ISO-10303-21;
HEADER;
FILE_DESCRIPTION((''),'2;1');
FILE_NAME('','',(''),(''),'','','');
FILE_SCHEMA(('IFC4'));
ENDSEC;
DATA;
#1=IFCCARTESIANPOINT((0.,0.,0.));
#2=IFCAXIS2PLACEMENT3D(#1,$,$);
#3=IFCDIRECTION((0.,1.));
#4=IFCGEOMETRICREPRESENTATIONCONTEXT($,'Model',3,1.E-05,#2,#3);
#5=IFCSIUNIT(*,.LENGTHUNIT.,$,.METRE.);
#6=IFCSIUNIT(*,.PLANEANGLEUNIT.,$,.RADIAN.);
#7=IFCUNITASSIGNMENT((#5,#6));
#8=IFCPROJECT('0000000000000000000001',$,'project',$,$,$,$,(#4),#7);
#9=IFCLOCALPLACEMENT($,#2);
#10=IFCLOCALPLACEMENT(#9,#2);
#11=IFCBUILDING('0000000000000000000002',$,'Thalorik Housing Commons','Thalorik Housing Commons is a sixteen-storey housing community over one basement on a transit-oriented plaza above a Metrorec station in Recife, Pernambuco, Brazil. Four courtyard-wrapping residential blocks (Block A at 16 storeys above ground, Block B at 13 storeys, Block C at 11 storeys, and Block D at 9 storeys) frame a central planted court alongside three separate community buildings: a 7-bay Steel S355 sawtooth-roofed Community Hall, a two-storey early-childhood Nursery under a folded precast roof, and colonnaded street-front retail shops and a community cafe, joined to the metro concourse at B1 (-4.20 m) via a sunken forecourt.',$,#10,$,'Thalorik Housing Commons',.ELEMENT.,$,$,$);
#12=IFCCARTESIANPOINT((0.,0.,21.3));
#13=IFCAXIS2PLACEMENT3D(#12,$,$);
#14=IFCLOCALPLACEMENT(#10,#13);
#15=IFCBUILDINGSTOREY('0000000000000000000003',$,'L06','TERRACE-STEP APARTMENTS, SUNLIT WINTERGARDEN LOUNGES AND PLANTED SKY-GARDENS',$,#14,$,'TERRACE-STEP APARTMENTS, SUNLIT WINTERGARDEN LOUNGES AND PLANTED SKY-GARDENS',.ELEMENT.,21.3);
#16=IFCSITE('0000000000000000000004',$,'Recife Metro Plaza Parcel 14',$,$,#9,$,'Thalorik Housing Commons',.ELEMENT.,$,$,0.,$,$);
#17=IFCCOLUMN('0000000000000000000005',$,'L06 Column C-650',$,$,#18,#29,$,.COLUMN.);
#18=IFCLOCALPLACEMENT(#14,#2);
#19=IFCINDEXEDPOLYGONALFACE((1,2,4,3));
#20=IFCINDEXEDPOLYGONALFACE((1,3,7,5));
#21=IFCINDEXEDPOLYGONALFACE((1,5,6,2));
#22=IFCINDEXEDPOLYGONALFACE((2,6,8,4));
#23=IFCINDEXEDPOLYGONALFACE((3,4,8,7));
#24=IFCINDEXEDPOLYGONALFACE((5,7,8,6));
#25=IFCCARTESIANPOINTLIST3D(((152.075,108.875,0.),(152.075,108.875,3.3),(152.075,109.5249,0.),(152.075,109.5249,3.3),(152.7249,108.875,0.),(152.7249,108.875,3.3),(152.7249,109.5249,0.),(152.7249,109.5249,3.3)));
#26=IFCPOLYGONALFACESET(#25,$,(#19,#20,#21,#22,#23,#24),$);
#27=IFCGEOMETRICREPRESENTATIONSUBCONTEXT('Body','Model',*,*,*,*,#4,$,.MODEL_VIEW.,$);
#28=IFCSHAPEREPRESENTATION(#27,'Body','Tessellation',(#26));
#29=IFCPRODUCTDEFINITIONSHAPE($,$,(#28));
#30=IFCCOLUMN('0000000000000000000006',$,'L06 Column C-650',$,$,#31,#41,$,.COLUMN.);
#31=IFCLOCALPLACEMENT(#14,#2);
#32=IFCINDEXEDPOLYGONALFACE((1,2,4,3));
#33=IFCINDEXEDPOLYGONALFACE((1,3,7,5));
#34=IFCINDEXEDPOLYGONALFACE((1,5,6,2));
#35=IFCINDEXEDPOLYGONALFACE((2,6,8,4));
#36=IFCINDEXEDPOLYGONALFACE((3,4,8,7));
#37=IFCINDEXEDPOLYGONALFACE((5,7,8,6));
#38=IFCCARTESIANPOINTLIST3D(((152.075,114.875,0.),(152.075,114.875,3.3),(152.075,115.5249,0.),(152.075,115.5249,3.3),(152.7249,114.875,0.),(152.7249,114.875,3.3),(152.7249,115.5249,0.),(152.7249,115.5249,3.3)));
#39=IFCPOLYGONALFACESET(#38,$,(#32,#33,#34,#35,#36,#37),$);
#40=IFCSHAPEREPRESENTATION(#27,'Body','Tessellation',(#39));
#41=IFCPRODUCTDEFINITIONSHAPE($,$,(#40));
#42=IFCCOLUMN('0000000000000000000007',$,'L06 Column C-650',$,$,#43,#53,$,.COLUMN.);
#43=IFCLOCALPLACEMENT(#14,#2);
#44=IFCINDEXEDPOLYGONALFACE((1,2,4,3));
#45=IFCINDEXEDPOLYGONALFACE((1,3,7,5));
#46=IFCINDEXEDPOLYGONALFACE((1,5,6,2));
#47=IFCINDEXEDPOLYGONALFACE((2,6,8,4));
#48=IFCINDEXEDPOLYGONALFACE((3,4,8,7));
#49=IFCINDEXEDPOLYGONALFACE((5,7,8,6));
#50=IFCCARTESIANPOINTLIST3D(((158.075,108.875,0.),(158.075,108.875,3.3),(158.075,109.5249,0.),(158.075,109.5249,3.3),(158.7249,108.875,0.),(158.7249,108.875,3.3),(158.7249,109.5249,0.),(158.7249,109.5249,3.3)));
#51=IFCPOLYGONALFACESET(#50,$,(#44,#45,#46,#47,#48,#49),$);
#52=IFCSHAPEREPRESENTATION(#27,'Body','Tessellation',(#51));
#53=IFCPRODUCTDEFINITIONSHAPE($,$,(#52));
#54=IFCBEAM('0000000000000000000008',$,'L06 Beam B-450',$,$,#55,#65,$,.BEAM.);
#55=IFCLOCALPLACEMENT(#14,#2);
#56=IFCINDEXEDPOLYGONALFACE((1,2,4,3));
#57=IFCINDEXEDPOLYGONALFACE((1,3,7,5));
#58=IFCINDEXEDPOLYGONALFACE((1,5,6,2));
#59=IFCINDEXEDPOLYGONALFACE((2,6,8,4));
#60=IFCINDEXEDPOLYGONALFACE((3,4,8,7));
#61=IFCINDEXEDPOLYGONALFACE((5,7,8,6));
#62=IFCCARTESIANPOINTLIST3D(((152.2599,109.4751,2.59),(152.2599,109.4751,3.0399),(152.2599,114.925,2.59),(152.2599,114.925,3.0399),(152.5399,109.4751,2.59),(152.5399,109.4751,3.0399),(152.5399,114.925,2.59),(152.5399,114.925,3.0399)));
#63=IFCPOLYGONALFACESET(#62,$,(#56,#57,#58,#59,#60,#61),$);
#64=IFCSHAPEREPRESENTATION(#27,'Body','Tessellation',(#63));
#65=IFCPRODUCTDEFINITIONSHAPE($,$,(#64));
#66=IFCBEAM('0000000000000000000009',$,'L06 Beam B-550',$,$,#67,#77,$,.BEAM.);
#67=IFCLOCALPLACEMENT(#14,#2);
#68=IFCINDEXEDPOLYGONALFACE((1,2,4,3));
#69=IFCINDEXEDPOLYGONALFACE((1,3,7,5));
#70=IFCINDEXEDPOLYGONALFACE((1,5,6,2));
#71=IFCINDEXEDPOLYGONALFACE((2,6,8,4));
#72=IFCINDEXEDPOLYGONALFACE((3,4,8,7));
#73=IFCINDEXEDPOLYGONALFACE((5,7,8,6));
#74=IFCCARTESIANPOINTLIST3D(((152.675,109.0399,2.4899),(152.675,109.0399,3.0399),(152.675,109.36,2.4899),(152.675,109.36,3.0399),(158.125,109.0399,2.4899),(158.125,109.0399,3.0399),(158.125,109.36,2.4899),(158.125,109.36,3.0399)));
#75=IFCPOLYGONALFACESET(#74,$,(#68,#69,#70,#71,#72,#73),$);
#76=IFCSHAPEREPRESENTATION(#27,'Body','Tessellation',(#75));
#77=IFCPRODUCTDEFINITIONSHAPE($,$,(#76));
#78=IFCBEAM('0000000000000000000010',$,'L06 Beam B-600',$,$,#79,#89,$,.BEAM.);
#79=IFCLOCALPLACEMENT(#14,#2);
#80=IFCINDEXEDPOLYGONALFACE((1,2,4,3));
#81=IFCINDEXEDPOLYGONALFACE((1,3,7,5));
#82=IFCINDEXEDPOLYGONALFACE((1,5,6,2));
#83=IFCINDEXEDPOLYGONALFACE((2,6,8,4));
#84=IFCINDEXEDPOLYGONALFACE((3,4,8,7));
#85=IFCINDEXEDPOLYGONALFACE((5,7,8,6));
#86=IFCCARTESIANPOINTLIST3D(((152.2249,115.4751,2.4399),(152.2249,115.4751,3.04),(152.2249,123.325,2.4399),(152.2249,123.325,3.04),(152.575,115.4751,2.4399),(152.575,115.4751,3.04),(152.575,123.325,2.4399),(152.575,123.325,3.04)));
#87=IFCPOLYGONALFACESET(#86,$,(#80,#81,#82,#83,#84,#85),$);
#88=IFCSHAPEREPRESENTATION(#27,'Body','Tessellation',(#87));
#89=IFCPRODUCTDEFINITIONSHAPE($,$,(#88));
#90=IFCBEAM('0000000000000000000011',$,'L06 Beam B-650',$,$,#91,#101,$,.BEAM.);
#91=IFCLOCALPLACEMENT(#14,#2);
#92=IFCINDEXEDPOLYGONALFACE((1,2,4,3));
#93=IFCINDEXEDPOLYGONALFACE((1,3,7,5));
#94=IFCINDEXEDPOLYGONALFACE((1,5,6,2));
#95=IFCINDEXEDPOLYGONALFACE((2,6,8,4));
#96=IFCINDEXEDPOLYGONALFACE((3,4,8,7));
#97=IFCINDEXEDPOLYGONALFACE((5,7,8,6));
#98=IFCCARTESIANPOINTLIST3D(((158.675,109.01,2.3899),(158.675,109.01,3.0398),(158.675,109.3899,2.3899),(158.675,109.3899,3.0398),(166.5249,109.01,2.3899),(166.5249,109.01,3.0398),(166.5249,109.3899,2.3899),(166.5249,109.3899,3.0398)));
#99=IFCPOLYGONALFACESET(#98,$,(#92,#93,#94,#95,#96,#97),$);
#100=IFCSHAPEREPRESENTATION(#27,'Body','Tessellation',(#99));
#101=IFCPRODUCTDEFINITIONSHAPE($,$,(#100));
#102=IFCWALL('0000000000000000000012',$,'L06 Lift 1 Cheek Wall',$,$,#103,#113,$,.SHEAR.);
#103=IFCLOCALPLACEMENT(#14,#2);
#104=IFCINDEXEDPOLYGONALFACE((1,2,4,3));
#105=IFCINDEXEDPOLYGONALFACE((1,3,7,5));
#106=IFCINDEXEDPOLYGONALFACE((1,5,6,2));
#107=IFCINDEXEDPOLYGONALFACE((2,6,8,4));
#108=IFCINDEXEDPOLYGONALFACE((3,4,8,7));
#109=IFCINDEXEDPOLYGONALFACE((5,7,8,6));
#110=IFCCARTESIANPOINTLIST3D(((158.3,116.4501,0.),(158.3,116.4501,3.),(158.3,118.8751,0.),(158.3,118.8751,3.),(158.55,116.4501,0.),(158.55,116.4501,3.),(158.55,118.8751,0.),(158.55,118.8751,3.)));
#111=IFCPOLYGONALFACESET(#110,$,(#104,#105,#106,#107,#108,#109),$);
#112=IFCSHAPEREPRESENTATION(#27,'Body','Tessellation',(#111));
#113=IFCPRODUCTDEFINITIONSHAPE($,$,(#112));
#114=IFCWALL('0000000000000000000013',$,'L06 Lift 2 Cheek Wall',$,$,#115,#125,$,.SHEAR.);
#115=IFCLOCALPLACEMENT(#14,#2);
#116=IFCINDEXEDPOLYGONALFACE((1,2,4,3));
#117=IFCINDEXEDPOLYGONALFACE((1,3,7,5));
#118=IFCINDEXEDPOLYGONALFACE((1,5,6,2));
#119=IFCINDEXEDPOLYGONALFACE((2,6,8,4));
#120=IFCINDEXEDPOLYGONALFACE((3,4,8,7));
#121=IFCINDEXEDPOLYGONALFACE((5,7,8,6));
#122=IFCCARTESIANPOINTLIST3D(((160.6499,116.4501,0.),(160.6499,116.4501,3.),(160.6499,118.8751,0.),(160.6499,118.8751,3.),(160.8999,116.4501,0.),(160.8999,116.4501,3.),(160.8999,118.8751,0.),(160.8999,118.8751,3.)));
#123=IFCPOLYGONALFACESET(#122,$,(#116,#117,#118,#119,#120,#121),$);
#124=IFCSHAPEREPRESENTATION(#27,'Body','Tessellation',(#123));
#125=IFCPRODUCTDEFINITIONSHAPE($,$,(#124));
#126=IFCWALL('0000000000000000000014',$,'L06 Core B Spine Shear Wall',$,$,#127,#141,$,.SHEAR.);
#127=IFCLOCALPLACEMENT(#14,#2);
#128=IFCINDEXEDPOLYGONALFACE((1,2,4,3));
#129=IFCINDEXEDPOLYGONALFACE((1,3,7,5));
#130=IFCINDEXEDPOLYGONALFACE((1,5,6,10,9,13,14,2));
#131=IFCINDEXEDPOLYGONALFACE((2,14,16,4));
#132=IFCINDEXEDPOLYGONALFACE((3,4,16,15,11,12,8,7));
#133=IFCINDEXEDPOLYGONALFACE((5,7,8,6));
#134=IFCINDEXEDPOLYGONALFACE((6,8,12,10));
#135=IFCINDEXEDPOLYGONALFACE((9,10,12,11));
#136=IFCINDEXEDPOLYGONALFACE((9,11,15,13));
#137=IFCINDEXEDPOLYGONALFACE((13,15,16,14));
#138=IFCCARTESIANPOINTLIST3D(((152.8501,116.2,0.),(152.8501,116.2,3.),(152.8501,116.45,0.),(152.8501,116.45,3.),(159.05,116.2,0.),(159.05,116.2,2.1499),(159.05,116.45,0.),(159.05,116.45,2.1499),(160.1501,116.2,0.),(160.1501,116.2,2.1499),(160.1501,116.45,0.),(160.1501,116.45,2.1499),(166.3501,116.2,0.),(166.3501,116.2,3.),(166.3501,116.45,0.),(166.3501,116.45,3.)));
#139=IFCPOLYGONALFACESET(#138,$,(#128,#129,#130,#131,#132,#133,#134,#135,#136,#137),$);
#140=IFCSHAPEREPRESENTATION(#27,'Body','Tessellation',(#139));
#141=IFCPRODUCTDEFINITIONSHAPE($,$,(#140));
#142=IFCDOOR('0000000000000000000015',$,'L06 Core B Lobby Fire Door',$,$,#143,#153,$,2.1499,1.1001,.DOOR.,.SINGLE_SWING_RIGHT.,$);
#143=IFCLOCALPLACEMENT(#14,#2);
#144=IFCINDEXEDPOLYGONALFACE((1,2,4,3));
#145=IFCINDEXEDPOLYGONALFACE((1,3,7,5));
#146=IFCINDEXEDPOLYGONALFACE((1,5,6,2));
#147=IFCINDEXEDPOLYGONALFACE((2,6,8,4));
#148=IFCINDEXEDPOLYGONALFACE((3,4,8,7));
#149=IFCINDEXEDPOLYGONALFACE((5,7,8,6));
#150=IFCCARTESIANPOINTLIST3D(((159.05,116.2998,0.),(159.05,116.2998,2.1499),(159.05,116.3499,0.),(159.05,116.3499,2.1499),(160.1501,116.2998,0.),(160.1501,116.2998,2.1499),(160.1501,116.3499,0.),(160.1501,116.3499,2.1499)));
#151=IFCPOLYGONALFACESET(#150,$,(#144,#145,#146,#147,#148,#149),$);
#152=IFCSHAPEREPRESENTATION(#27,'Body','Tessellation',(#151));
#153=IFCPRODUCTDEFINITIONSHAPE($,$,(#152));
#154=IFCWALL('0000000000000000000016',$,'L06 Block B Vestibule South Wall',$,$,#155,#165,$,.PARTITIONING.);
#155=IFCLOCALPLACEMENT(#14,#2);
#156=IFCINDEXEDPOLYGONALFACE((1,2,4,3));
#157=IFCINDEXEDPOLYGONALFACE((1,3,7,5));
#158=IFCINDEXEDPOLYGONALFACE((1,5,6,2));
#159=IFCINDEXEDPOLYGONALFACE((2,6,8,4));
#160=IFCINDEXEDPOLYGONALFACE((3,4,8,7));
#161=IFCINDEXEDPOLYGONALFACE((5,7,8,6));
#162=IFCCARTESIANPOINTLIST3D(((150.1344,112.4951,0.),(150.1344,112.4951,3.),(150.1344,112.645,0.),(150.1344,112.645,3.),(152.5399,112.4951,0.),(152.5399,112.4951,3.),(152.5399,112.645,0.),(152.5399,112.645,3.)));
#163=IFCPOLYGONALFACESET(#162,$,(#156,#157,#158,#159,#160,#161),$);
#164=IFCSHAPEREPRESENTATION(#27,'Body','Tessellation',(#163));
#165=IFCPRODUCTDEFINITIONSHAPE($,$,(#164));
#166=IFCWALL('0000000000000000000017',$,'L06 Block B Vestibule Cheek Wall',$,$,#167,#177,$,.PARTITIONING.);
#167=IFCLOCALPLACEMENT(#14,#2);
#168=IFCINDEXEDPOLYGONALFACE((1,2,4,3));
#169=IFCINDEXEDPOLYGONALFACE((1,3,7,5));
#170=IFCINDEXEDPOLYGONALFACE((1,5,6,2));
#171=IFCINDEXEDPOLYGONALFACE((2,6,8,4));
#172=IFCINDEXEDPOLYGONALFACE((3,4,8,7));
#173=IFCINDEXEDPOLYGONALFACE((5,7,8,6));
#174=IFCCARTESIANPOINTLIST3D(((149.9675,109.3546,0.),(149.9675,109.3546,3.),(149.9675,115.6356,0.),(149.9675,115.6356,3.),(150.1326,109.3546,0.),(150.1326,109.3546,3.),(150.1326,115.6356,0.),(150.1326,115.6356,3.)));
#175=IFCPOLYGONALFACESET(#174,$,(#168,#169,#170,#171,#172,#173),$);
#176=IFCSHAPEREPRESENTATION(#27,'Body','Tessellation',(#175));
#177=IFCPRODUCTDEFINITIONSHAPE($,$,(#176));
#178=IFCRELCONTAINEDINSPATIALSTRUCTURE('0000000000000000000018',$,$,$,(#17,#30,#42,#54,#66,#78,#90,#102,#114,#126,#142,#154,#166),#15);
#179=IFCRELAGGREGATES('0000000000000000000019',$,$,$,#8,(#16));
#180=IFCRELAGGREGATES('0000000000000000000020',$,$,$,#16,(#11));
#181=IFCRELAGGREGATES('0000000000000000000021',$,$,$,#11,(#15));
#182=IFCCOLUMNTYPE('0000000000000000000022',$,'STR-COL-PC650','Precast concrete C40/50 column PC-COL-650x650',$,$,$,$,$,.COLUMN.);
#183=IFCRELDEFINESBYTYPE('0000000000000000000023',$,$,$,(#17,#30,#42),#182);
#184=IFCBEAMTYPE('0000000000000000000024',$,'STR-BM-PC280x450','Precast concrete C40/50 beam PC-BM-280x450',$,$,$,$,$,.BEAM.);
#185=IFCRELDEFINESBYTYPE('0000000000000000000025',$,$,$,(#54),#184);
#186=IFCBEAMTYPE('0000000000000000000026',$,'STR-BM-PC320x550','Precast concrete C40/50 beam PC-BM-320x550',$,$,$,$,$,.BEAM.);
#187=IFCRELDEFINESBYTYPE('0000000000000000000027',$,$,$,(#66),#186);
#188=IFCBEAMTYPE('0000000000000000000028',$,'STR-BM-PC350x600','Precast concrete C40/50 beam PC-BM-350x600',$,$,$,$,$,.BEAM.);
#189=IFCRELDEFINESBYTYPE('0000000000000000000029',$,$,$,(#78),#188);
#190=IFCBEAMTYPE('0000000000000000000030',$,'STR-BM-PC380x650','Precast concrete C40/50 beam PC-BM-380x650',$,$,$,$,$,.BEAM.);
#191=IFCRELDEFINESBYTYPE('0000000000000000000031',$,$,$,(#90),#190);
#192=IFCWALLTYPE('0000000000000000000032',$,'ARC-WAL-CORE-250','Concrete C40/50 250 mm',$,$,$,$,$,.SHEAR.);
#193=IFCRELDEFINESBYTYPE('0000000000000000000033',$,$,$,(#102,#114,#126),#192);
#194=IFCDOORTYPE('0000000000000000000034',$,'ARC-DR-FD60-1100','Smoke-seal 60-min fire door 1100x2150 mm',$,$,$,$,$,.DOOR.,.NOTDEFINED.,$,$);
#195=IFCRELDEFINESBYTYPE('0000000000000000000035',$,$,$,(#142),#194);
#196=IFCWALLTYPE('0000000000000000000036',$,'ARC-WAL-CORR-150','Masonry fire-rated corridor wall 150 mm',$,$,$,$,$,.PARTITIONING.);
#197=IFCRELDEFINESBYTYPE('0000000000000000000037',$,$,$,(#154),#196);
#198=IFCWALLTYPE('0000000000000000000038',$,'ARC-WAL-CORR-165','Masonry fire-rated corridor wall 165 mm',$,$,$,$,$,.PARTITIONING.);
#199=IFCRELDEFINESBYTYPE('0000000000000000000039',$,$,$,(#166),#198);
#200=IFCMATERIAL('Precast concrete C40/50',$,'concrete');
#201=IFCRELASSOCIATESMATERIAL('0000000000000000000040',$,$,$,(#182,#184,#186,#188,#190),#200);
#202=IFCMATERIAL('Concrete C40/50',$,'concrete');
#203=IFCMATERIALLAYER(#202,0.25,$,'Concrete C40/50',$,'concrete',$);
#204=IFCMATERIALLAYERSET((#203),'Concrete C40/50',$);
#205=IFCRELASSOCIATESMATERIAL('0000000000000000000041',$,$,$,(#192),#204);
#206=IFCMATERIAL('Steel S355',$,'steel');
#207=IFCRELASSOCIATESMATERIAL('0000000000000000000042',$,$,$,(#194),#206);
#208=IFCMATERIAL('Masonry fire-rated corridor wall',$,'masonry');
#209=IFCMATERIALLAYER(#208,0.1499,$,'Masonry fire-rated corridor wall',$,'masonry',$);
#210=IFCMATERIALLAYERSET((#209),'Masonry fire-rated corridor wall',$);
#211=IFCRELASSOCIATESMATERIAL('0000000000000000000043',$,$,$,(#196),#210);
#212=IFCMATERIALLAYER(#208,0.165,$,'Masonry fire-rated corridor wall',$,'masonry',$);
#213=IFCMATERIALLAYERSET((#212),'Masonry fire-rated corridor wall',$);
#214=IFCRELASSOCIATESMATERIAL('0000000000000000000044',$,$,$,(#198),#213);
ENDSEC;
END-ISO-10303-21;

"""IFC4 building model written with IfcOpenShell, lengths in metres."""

from ifc_helpers import new_model, si_unit, direction, frame, frame_2d, origin, origin_2d, place, context, subcontext, project, spatial, rectangle, extrude, material, layer, layer_set, material_profile, profile_set, type_object, element, fill, save


model = new_model("IFC4")

# Units and contexts
model_context = context("Model", 3, precision=1e-05, world=origin(), true_north=direction((0.0, 1.0)))
body_context = subcontext(model_context, "Body", "Model", "MODEL_VIEW")
ifc_project = project(units=[si_unit("LENGTHUNIT", "METRE"), si_unit("PLANEANGLEUNIT", "RADIAN")], contexts=[model_context])

# Site, building, storey
site_placement = place(None, origin())
site = spatial("IfcSite", under=ifc_project, at=site_placement, Name="Recife Metro Plaza Parcel 14", LongName="Thalorik Housing Commons", CompositionType="ELEMENT", RefElevation=0.0)
building_placement = place(site_placement, origin())
building = spatial("IfcBuilding", under=site, at=building_placement, Name="Thalorik Housing Commons", Description="Thalorik Housing Commons is a sixteen-storey housing community over one basement on a transit-oriented plaza above a Metrorec station in Recife, Pernambuco, Brazil. Four courtyard-wrapping residential blocks (Block A at 16 storeys above ground, Block B at 13 storeys, Block C at 11 storeys, and Block D at 9 storeys) frame a central planted court alongside three separate community buildings: a 7-bay Steel S355 sawtooth-roofed Community Hall, a two-storey early-childhood Nursery under a folded precast roof, and colonnaded street-front retail shops and a community cafe, joined to the metro concourse at B1 (-4.20 m) via a sunken forecourt.", LongName="Thalorik Housing Commons", CompositionType="ELEMENT")
storey_placement = place(building_placement, frame((0.0, 0.0, 21.3)))
storey = spatial("IfcBuildingStorey", under=building, at=storey_placement, Name="L06", Description="TERRACE-STEP APARTMENTS, SUNLIT WINTERGARDEN LOUNGES AND PLANTED SKY-GARDENS", LongName="TERRACE-STEP APARTMENTS, SUNLIT WINTERGARDEN LOUNGES AND PLANTED SKY-GARDENS", CompositionType="ELEMENT", Elevation=21.3)

# Columns
ifc_material_1 = material(Name="Precast concrete C40/50", Category="concrete")
ifc_material_profile_1 = material_profile(ifc_material_1, rectangle(XDim=0.6499, YDim=0.6499, at=origin_2d()), Name="PC 650x650", Category="concrete")
ifc_profile_set_1 = profile_set([ifc_material_profile_1], Name="Precast concrete C40/50")
column_type = type_object("IfcColumnType", Name="STR-COL-PC650", Description="Precast concrete C40/50 column PC-COL-650x650", PredefinedType="COLUMN", material=ifc_profile_set_1)
for number, where, z_axis, x_axis, name in (
    (1, (152.3999, 109.2, 0.0), (0.0, 0.0, 1.0), (1.0, 0.0, 0.0), "L06 Column C-650"),
    (2, (152.3999, 115.2, 0.0), (0.0, 0.0, 1.0), (1.0, 0.0, 0.0), "L06 Column C-650"),
    (3, (158.3999, 109.2, 0.0), (0.0, 0.0, 1.0), (1.0, 0.0, 0.0), "L06 Column C-650"),
):
    element("IfcColumn", number, at=place(storey_placement, frame(where, z_axis=z_axis, x_axis=x_axis)), inside=storey, type_object=column_type, Name=name, PredefinedType="COLUMN", context=body_context, shape_type="SweptSolid", body=[
        extrude(rectangle(XDim=0.6499, YDim=0.6499, at=origin_2d()), origin(), (0.0, 0.0, 1.0), 3.3),
    ])

# Beams
ifc_material_profile_2 = material_profile(ifc_material_1, rectangle(XDim=0.28, YDim=0.45, at=origin_2d()), Name="PC 280x450", Category="concrete")
ifc_profile_set_2 = profile_set([ifc_material_profile_2], Name="Precast concrete C40/50")
beam_type_1 = type_object("IfcBeamType", Name="STR-BM-PC280x450", Description="Precast concrete C40/50 beam PC-BM-280x450", PredefinedType="BEAM", material=ifc_profile_set_2)
beam_1_placement = place(storey_placement, frame((152.3999, 109.4751, 2.8149), z_axis=(0.0, 1.0, 0.0), x_axis=(-1.0, 0.0, 0.0)))
element("IfcBeam", 4, at=beam_1_placement, inside=storey, type_object=beam_type_1, Name="L06 Beam B-450", PredefinedType="BEAM", context=body_context, shape_type="SweptSolid", body=[
    extrude(rectangle(XDim=0.28, YDim=0.45, at=origin_2d()), origin(), (0.0, 0.0, 1.0), 5.45),
])
ifc_material_profile_3 = material_profile(ifc_material_1, rectangle(XDim=0.3201, YDim=0.55, at=origin_2d()), Name="PC 320x550", Category="concrete")
ifc_profile_set_3 = profile_set([ifc_material_profile_3], Name="Precast concrete C40/50")
beam_type_2 = type_object("IfcBeamType", Name="STR-BM-PC320x550", Description="Precast concrete C40/50 beam PC-BM-320x550", PredefinedType="BEAM", material=ifc_profile_set_3)
beam_2_placement = place(storey_placement, frame((152.675, 109.2, 2.7649), z_axis=(1.0, 0.0, 0.0), x_axis=(0.0, 1.0, 0.0)))
element("IfcBeam", 5, at=beam_2_placement, inside=storey, type_object=beam_type_2, Name="L06 Beam B-550", PredefinedType="BEAM", context=body_context, shape_type="SweptSolid", body=[
    extrude(rectangle(XDim=0.3201, YDim=0.55, at=origin_2d()), origin(), (0.0, 0.0, 1.0), 5.45),
])
ifc_material_profile_4 = material_profile(ifc_material_1, rectangle(XDim=0.3501, YDim=0.6001, at=origin_2d()), Name="PC 350x600", Category="concrete")
ifc_profile_set_4 = profile_set([ifc_material_profile_4], Name="Precast concrete C40/50")
beam_type_3 = type_object("IfcBeamType", Name="STR-BM-PC350x600", Description="Precast concrete C40/50 beam PC-BM-350x600", PredefinedType="BEAM", material=ifc_profile_set_4)
beam_3_placement = place(storey_placement, frame((152.3999, 115.4751, 2.74), z_axis=(0.0, 1.0, 0.0), x_axis=(-1.0, 0.0, 0.0)))
element("IfcBeam", 6, at=beam_3_placement, inside=storey, type_object=beam_type_3, Name="L06 Beam B-600", PredefinedType="BEAM", context=body_context, shape_type="SweptSolid", body=[
    extrude(rectangle(XDim=0.3501, YDim=0.6001, at=origin_2d()), origin(), (0.0, 0.0, 1.0), 7.8499),
])
ifc_material_profile_5 = material_profile(ifc_material_1, rectangle(XDim=0.3799, YDim=0.6499, at=origin_2d()), Name="PC 380x650", Category="concrete")
ifc_profile_set_5 = profile_set([ifc_material_profile_5], Name="Precast concrete C40/50")
beam_type_4 = type_object("IfcBeamType", Name="STR-BM-PC380x650", Description="Precast concrete C40/50 beam PC-BM-380x650", PredefinedType="BEAM", material=ifc_profile_set_5)
beam_4_placement = place(storey_placement, frame((158.675, 109.2, 2.7148), z_axis=(1.0, 0.0, 0.0), x_axis=(0.0, 1.0, 0.0)))
element("IfcBeam", 7, at=beam_4_placement, inside=storey, type_object=beam_type_4, Name="L06 Beam B-650", PredefinedType="BEAM", context=body_context, shape_type="SweptSolid", body=[
    extrude(rectangle(XDim=0.3799, YDim=0.6499, at=origin_2d()), origin(), (0.0, 0.0, 1.0), 7.8499),
])

# Shared definitions
ifc_material_2 = material(Name="Concrete C40/50", Category="concrete")
ifc_layer_1 = layer(ifc_material_2, 0.25, Name="Concrete C40/50", Category="concrete")
ifc_layer_set_1 = layer_set([ifc_layer_1], Name="Concrete C40/50")
wall_type_1 = type_object("IfcWallType", Name="ARC-WAL-CORE-250", Description="Concrete C40/50 250 mm", PredefinedType="SHEAR", material=ifc_layer_set_1)
ifc_material_3 = material(Name="Steel S355", Category="steel")

# Walls
for number, where, z_axis, x_axis, name in (
    (8, (158.425, 118.875, 0.0), (0.0, 0.0, 1.0), (0.0, -1.0, 0.0), "L06 Lift 1 Cheek Wall"),
    (9, (160.7749, 118.875, 0.0), (0.0, 0.0, 1.0), (0.0, -1.0, 0.0), "L06 Lift 2 Cheek Wall"),
):
    element("IfcWall", number, at=place(storey_placement, frame(where, z_axis=z_axis, x_axis=x_axis)), inside=storey, type_object=wall_type_1, Name=name, PredefinedType="SHEAR", context=body_context, shape_type="SweptSolid", body=[
        extrude(rectangle(XDim=2.425, YDim=0.25, at=frame_2d((1.2124, 0.0))), origin(), (0.0, 0.0, 1.0), 3.0),
    ])

# Wall, opening, door
wall_1_placement = place(storey_placement, frame((152.8501, 116.325, 0.0), z_axis=(0.0, 0.0, 1.0), x_axis=(1.0, 0.0, 0.0)))
wall_1 = element("IfcWall", 10, at=wall_1_placement, inside=storey, type_object=wall_type_1, Name="L06 Core B Spine Shear Wall", PredefinedType="SHEAR", context=body_context, shape_type="SweptSolid", body=[
    extrude(rectangle(XDim=13.5, YDim=0.25, at=frame_2d((6.75, 0.0))), origin(), (0.0, 0.0, 1.0), 3.0),
])
opening_1_placement = place(wall_1_placement, frame((6.2, 0.0, 0.0)))
opening_1 = element("IfcOpeningElement", 11, at=opening_1_placement, cuts=wall_1, PredefinedType="OPENING", context=body_context, shape_type="SweptSolid", body=[
    extrude(rectangle(XDim=1.1001, YDim=2.1499, at=frame_2d((0.55, 1.075))), frame((0.0, 0.135, 0.0), z_axis=(0.0, -1.0, 0.0), x_axis=(1.0, 0.0, 0.0)), (0.0, 0.0, 1.0), 0.27),
])
door_type_1 = type_object("IfcDoorType", Name="ARC-DR-FD60-1100", Description="Smoke-seal 60-min fire door 1100x2150 mm", OperationType="NOTDEFINED", PredefinedType="DOOR", material=ifc_material_3)
door_1_placement = place(opening_1_placement, origin())
door_1 = element("IfcDoor", 12, at=door_1_placement, inside=storey, type_object=door_type_1, Name="L06 Core B Lobby Fire Door", OperationType="SINGLE_SWING_RIGHT", OverallHeight=2.1499, OverallWidth=1.1001, PredefinedType="DOOR", context=body_context, shape_type="SweptSolid", body=[
    extrude(rectangle(XDim=1.1001, YDim=2.1499, at=frame_2d((0.55, 1.075))), frame((0.0, 0.0249, 0.0), z_axis=(0.0, -1.0, 0.0), x_axis=(1.0, 0.0, 0.0)), (0.0, 0.0, 1.0), 0.05),
])
fill(opening_1, door_1)

# Walls
ifc_material_4 = material(Name="Masonry fire-rated corridor wall", Category="masonry")
ifc_layer_2 = layer(ifc_material_4, 0.1499, Name="Masonry fire-rated corridor wall", Category="masonry")
ifc_layer_set_2 = layer_set([ifc_layer_2], Name="Masonry fire-rated corridor wall")
wall_type_2 = type_object("IfcWallType", Name="ARC-WAL-CORR-150", Description="Masonry fire-rated corridor wall 150 mm", PredefinedType="PARTITIONING", material=ifc_layer_set_2)
wall_2_placement = place(storey_placement, frame((150.1345, 112.5701, 0.0), z_axis=(0.0, 0.0, 1.0), x_axis=(1.0, 0.0, 0.0)))
element("IfcWall", 13, at=wall_2_placement, inside=storey, type_object=wall_type_2, Name="L06 Block B Vestibule South Wall", PredefinedType="PARTITIONING", context=body_context, shape_type="SweptSolid", body=[
    extrude(rectangle(XDim=2.4055, YDim=0.1499, at=frame_2d((1.2026, 0.0))), origin(), (0.0, 0.0, 1.0), 3.0),
])
ifc_layer_3 = layer(ifc_material_4, 0.165, Name="Masonry fire-rated corridor wall", Category="masonry")
ifc_layer_set_3 = layer_set([ifc_layer_3], Name="Masonry fire-rated corridor wall")
wall_type_3 = type_object("IfcWallType", Name="ARC-WAL-CORR-165", Description="Masonry fire-rated corridor wall 165 mm", PredefinedType="PARTITIONING", material=ifc_layer_set_3)
wall_3_placement = place(storey_placement, frame((150.05, 109.3545, 0.0), z_axis=(0.0, 0.0, 1.0), x_axis=(0.0, 1.0, 0.0)))
element("IfcWall", 14, at=wall_3_placement, inside=storey, type_object=wall_type_3, Name="L06 Block B Vestibule Cheek Wall", PredefinedType="PARTITIONING", context=body_context, shape_type="SweptSolid", body=[
    extrude(rectangle(XDim=6.281, YDim=0.165, at=frame_2d((3.1406, 0.0))), origin(), (0.0, 0.0, 1.0), 3.0),
])

save(model, "model.ifc")
